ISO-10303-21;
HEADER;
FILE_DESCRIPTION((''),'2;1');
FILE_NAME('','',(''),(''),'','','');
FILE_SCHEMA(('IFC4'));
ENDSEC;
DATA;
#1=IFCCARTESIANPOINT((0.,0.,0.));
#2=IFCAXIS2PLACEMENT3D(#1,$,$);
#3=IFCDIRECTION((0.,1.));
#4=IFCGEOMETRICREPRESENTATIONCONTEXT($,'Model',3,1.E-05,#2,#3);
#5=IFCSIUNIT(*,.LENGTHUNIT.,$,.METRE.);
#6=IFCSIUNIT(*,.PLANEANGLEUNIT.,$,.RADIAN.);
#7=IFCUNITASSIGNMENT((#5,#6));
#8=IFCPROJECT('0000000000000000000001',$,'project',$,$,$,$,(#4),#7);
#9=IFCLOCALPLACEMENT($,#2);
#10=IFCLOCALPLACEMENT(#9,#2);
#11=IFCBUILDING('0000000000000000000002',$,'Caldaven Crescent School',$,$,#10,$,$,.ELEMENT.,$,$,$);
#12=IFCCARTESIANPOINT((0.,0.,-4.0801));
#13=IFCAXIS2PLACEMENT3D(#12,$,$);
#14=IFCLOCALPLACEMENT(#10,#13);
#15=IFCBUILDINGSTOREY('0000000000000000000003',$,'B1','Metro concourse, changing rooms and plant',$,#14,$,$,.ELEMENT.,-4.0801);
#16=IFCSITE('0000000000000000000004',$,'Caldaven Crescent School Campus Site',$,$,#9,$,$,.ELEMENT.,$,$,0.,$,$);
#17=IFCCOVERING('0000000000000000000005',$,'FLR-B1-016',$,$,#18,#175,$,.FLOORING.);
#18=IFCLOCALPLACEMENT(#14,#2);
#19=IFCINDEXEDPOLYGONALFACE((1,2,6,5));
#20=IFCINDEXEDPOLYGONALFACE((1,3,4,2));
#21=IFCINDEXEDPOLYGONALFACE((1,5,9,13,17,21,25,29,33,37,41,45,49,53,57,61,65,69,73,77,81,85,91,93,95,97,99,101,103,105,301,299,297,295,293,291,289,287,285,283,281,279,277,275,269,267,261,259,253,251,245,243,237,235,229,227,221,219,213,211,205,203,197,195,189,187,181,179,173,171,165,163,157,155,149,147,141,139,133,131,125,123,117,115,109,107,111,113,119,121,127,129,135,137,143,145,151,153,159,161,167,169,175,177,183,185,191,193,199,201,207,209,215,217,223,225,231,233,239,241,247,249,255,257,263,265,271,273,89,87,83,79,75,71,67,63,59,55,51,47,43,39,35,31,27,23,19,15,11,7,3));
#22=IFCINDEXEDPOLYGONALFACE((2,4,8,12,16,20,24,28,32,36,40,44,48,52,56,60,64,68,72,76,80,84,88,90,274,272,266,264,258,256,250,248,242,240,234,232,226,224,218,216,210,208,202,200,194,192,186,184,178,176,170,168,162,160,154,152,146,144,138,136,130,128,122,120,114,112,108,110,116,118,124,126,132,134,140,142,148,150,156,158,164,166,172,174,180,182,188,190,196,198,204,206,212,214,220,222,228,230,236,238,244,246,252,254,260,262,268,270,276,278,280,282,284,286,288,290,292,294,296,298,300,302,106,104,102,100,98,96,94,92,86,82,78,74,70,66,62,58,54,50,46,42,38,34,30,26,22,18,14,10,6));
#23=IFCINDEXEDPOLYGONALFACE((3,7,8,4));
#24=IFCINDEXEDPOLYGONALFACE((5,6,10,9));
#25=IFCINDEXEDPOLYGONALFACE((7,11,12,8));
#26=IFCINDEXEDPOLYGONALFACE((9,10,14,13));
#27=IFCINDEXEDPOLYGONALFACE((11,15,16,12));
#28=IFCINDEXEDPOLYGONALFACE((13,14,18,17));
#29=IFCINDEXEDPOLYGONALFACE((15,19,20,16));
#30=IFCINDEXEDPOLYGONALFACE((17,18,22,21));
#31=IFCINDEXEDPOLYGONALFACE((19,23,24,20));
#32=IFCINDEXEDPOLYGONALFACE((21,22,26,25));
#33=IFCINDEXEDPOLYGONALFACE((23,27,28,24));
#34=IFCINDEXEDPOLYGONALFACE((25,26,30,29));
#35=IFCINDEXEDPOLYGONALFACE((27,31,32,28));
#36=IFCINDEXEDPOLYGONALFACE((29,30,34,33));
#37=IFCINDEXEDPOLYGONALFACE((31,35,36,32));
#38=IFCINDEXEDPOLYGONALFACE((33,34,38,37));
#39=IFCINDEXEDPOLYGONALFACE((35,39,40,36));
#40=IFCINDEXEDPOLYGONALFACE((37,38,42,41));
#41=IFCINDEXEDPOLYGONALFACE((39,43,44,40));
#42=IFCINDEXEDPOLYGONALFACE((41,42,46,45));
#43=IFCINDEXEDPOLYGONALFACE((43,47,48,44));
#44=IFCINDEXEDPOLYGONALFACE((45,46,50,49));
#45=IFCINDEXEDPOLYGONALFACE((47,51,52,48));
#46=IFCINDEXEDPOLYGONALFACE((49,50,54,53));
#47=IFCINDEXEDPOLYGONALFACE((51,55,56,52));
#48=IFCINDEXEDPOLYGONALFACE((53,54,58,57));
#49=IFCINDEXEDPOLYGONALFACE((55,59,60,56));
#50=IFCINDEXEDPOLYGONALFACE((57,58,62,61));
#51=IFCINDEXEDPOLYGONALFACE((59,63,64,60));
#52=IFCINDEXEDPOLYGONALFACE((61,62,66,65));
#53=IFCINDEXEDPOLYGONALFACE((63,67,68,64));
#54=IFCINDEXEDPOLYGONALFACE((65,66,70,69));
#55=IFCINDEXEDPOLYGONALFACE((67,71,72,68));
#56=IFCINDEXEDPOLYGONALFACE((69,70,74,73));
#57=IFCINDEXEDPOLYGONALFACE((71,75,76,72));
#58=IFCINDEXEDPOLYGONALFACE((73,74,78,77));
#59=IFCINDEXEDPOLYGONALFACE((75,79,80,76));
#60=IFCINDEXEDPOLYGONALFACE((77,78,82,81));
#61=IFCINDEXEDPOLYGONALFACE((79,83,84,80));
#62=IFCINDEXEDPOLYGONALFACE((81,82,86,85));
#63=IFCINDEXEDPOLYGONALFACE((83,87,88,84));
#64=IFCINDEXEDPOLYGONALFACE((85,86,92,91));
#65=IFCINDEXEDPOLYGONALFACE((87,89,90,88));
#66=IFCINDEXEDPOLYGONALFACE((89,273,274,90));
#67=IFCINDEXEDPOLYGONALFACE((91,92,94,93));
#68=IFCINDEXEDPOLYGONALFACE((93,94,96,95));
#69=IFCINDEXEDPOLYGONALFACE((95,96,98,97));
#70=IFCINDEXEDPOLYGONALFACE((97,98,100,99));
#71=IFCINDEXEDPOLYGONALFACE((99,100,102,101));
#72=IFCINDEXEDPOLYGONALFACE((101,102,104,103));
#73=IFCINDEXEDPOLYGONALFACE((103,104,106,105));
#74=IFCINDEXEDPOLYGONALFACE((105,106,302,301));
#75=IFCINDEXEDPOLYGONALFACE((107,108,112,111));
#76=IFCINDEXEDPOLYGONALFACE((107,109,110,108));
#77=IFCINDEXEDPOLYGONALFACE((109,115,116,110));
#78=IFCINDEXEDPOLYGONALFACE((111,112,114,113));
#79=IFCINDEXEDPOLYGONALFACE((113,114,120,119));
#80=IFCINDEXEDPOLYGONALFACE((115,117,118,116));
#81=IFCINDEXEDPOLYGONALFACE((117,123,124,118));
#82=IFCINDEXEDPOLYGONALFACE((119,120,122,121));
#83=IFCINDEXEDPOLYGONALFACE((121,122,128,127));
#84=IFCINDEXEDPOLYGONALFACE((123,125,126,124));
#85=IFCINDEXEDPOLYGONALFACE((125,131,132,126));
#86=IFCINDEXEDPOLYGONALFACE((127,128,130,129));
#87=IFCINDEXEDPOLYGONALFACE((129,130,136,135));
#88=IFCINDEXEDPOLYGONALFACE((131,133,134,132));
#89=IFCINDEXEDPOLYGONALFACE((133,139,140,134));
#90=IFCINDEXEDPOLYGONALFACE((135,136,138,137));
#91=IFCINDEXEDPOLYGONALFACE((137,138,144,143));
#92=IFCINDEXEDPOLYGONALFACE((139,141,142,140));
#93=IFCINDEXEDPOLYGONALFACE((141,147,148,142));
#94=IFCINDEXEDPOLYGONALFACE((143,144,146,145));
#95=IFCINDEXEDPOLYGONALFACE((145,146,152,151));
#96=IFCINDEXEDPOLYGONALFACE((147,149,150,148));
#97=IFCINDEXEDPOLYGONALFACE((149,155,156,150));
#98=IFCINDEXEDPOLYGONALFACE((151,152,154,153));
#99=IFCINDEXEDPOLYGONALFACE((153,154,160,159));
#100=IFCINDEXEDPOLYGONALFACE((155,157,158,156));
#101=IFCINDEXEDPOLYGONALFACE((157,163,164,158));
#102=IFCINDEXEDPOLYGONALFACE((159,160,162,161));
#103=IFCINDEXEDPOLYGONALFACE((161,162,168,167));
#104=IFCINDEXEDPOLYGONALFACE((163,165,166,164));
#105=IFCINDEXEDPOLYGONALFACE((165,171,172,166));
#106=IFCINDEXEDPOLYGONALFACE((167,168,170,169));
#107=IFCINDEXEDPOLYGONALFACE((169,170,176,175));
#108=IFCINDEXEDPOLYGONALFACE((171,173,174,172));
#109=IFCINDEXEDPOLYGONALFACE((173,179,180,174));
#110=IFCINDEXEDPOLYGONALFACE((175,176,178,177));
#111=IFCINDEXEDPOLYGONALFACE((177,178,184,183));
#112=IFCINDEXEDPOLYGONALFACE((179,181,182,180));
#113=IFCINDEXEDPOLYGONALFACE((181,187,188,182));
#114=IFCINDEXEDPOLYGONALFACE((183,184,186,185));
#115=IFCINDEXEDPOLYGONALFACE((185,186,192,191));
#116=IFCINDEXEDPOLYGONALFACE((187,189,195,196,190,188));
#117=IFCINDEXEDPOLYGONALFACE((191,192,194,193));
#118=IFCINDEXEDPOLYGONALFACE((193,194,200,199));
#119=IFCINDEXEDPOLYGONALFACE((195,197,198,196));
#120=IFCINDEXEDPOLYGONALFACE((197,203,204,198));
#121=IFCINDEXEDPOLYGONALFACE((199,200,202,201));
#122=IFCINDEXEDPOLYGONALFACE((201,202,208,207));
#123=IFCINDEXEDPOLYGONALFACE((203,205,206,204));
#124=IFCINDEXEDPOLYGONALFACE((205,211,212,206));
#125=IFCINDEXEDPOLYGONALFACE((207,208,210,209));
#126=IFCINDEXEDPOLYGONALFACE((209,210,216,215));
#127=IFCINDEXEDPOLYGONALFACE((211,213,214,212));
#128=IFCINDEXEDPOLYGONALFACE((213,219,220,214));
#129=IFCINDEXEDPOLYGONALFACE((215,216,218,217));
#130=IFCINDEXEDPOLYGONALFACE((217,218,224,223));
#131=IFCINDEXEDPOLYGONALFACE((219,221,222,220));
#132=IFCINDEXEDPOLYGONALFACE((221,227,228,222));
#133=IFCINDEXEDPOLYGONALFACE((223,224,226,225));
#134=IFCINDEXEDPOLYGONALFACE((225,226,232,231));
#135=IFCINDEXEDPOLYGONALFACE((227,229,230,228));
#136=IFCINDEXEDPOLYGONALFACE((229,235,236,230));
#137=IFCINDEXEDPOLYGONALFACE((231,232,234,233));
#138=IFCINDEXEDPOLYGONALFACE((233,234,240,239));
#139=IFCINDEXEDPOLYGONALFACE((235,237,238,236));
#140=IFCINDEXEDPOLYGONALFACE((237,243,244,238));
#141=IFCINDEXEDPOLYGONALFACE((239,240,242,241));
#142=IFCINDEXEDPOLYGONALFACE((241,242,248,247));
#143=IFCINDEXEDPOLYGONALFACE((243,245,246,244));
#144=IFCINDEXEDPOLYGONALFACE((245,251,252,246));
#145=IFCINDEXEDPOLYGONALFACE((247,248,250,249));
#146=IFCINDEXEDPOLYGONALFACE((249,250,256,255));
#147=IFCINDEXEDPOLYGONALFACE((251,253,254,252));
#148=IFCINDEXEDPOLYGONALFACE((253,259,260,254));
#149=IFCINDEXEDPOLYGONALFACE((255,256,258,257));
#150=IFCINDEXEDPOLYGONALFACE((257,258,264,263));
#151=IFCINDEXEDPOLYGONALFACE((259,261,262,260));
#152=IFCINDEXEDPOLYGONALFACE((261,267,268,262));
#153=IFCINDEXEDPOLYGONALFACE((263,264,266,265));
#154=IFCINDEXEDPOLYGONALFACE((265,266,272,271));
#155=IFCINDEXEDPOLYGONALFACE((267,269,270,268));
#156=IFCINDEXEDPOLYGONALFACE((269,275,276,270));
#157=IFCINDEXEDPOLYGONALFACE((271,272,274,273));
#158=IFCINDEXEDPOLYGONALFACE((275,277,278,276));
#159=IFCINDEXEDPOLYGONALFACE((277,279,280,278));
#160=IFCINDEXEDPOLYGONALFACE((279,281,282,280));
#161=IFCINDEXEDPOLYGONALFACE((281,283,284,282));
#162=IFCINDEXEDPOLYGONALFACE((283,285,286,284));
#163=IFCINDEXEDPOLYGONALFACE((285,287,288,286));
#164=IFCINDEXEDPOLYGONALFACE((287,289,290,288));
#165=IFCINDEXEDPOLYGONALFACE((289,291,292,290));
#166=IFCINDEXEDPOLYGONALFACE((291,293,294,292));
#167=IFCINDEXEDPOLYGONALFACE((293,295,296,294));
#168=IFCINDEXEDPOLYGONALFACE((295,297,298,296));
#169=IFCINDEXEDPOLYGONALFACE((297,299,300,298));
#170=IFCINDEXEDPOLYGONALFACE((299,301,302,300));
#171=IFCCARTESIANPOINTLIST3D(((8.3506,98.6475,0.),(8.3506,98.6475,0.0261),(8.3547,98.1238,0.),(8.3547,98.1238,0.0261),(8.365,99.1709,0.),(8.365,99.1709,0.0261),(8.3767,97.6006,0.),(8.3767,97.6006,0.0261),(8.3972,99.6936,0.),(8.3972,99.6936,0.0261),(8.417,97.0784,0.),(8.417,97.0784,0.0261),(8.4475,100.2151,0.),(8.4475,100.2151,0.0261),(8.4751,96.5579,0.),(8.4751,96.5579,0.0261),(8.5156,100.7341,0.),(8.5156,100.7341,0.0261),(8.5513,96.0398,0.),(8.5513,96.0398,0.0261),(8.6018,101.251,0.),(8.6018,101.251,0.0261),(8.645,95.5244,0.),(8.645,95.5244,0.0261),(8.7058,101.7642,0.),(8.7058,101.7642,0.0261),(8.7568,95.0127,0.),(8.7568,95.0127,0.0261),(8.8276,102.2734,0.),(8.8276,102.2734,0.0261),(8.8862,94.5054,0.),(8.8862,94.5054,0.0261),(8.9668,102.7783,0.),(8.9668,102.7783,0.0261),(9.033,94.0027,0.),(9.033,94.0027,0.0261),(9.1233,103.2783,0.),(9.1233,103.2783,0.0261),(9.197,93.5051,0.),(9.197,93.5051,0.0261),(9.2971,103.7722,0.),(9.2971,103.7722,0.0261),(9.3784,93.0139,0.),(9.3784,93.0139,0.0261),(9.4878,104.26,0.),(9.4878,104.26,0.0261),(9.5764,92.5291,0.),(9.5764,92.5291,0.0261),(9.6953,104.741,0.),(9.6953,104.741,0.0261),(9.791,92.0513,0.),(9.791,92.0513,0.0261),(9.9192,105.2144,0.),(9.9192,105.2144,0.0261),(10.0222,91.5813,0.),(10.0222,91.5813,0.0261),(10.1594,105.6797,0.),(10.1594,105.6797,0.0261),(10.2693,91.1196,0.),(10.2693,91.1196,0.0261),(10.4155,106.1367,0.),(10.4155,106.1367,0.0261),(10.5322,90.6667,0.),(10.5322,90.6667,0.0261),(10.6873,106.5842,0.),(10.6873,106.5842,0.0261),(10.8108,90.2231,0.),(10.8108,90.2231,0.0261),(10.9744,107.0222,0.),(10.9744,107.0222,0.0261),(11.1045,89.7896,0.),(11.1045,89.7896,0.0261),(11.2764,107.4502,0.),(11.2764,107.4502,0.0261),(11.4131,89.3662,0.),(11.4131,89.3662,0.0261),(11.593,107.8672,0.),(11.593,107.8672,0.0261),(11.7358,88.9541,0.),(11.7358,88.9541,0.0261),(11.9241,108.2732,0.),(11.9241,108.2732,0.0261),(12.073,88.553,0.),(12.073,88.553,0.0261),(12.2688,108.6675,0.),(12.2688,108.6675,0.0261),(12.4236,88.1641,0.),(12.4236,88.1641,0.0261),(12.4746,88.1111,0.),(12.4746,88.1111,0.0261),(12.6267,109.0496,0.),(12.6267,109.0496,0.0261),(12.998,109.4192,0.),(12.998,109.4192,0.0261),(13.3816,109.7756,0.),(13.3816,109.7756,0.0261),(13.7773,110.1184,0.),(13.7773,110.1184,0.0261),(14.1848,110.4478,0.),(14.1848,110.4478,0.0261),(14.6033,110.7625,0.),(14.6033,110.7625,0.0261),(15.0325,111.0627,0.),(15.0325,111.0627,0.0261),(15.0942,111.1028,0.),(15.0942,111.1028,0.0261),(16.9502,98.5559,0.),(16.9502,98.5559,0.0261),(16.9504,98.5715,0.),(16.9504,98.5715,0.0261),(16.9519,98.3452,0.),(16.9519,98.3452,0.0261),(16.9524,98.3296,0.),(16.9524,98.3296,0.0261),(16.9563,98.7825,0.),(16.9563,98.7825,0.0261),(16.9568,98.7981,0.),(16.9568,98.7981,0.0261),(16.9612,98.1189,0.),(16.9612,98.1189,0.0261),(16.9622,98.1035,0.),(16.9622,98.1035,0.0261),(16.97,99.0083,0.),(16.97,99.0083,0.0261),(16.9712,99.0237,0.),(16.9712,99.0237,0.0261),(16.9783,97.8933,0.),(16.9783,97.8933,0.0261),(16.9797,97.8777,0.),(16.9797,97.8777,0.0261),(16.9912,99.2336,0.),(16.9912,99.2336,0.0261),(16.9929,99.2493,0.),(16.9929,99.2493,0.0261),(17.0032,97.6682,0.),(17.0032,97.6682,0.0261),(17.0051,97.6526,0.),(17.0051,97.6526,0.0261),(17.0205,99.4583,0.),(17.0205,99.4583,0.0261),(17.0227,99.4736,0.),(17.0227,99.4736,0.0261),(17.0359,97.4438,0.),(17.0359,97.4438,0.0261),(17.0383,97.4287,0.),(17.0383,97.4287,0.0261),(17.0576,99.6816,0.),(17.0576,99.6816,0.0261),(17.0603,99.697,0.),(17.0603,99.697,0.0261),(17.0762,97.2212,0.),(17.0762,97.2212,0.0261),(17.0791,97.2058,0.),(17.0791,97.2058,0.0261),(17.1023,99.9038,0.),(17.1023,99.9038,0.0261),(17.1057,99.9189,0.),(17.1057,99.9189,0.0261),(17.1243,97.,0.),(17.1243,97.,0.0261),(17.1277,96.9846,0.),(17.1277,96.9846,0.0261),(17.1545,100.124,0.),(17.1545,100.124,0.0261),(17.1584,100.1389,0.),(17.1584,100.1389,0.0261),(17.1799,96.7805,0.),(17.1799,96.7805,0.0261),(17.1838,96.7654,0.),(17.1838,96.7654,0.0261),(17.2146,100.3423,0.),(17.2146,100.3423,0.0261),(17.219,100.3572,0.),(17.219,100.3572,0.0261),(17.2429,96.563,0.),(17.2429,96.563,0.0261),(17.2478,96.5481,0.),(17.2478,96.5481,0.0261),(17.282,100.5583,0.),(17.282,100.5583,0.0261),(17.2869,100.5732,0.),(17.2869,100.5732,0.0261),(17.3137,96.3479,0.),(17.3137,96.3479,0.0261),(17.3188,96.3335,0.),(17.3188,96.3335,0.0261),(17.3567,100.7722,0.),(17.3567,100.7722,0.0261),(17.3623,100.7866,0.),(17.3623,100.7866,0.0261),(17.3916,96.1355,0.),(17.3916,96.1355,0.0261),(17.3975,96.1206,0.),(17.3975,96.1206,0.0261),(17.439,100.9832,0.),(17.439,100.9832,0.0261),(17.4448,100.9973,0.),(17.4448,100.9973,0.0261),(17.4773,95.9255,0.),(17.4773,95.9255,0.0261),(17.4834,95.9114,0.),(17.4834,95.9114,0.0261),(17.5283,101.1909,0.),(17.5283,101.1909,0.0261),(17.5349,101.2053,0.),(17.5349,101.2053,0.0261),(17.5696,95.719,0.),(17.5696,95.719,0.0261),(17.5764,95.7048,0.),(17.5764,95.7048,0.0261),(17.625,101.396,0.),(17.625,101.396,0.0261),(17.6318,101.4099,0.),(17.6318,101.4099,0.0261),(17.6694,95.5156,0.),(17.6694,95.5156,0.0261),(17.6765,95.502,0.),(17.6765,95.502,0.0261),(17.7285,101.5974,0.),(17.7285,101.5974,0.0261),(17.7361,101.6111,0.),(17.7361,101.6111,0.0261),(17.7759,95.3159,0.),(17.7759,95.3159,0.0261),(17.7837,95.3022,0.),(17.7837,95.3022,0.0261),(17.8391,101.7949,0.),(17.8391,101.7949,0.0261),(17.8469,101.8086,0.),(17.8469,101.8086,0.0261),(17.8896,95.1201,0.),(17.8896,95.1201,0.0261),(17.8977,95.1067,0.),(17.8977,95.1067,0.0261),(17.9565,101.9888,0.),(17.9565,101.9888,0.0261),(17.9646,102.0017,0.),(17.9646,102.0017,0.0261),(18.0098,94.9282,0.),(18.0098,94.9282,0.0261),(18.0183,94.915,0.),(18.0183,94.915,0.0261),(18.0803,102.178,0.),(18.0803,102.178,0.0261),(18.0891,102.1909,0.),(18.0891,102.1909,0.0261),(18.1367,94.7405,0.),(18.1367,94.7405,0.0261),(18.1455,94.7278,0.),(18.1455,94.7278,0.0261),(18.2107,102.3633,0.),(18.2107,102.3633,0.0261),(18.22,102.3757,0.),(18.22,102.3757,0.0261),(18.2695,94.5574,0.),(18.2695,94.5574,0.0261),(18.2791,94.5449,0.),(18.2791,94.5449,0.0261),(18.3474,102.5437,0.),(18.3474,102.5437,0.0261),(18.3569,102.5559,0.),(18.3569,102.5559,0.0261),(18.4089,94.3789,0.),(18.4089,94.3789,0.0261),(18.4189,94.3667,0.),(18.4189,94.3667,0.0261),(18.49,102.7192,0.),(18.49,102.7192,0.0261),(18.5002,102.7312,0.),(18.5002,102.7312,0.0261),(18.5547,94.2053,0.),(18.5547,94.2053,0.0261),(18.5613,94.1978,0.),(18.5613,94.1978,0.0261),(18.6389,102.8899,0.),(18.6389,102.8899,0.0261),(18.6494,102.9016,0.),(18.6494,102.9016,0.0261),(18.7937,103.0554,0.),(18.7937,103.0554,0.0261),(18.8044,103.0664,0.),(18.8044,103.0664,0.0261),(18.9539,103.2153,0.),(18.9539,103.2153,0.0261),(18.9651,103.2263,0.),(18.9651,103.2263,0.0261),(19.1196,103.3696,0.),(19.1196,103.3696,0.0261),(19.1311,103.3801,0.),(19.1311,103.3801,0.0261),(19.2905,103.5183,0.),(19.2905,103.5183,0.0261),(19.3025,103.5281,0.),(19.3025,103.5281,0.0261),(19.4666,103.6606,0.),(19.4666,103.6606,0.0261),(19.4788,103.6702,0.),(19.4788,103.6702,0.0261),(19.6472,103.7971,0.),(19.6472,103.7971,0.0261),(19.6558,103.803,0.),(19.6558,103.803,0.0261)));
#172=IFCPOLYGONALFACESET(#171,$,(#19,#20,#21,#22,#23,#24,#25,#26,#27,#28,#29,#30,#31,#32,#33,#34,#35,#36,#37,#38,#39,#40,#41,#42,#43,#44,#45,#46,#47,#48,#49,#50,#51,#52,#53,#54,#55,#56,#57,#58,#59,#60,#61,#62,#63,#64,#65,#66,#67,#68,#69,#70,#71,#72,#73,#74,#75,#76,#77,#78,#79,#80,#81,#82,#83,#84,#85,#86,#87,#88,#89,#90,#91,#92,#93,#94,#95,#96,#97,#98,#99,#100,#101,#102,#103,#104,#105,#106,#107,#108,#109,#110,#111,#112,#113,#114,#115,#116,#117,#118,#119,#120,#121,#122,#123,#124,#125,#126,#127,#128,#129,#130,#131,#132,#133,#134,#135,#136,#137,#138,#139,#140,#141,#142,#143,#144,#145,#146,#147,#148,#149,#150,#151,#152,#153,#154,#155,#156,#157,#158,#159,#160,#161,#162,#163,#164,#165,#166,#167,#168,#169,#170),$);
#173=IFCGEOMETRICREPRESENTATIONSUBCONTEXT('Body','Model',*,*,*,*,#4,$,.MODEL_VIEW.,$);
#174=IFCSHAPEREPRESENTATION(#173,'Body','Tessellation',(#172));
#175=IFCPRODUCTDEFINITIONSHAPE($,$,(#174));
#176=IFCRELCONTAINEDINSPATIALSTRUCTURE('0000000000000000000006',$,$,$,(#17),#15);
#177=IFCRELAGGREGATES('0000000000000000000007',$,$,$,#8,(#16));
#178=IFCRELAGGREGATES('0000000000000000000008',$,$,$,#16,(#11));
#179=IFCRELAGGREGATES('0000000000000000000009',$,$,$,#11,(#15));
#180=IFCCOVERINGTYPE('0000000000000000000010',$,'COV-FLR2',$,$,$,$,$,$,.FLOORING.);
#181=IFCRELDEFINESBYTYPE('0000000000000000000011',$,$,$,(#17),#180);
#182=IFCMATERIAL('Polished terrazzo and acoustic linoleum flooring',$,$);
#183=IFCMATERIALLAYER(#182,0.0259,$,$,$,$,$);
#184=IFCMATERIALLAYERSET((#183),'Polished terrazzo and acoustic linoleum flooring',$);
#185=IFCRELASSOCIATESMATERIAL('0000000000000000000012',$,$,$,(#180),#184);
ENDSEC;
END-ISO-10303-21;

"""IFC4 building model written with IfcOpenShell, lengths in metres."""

from ifc_helpers import new_model, si_unit, direction, frame, origin, place, context, subcontext, project, spatial, polyline, outline, extrude, material, layer, layer_set, type_object, element, save


model = new_model("IFC4")

# Units and contexts
model_context = context("Model", 3, precision=1e-05, world=origin(), true_north=direction((0.0, 1.0)))
body_context = subcontext(model_context, "Body", "Model", "MODEL_VIEW")
ifc_project = project(units=[si_unit("LENGTHUNIT", "METRE"), si_unit("PLANEANGLEUNIT", "RADIAN")], contexts=[model_context])

# Site, building, storey
site_placement = place(None, origin())
site = spatial("IfcSite", under=ifc_project, at=site_placement, Name="Caldaven Crescent School Campus Site", CompositionType="ELEMENT", RefElevation=0.0)
building_placement = place(site_placement, origin())
building = spatial("IfcBuilding", under=site, at=building_placement, Name="Caldaven Crescent School", CompositionType="ELEMENT")
storey_placement = place(building_placement, frame((0.0, 0.0, -4.0801)))
storey = spatial("IfcBuildingStorey", under=building, at=storey_placement, Name="B1", Description="Metro concourse, changing rooms and plant", CompositionType="ELEMENT", Elevation=-4.0801)

# Covering
ifc_material_1 = material(Name="Polished terrazzo and acoustic linoleum flooring")
ifc_layer_1 = layer(ifc_material_1, 0.0259)
ifc_layer_set_1 = layer_set([ifc_layer_1], Name="Polished terrazzo and acoustic linoleum flooring")
covering_type_1 = type_object("IfcCoveringType", Name="COV-FLR2", PredefinedType="FLOORING", material=ifc_layer_set_1)
covering_1_placement = place(storey_placement, origin())
element("IfcCovering", 1, at=covering_1_placement, inside=storey, type_object=covering_type_1, Name="FLR-B1-016", PredefinedType="FLOORING", context=body_context, shape_type="SweptSolid", body=[
    extrude(outline(polyline([(18.5613, 94.1978), (12.4746, 88.1111), (12.4236, 88.1641), (12.073, 88.553), (11.7358, 88.9541), (11.4131, 89.3662), (11.1045, 89.7896), (10.8108, 90.2231), (10.5322, 90.6667), (10.2693, 91.1196), (10.0222, 91.5813), (9.791, 92.0513), (9.5764, 92.5291), (9.3784, 93.0139), (9.197, 93.5051), (9.033, 94.0027), (8.8862, 94.5054), (8.7568, 95.0127), (8.645, 95.5244), (8.5513, 96.0398), (8.4751, 96.5579), (8.417, 97.0784), (8.3767, 97.6006), (8.3547, 98.1238), (8.3506, 98.6475), (8.365, 99.1709), (8.3972, 99.6936), (8.4475, 100.2151), (8.5156, 100.7341), (8.6018, 101.251), (8.7058, 101.7642), (8.8276, 102.2734), (8.9668, 102.7783), (9.1233, 103.2783), (9.2971, 103.7722), (9.4878, 104.26), (9.6953, 104.741), (9.9192, 105.2144), (10.1594, 105.6797), (10.4155, 106.1367), (10.6873, 106.5842), (10.9744, 107.0222), (11.2764, 107.4502), (11.593, 107.8672), (11.9241, 108.2732), (12.2688, 108.6675), (12.6267, 109.0496), (12.998, 109.4192), (13.3816, 109.7756), (13.7773, 110.1184), (14.1848, 110.4478), (14.6033, 110.7625), (15.0325, 111.0627), (15.0942, 111.1028), (19.6558, 103.803), (19.6472, 103.7971), (19.4788, 103.6702), (19.4666, 103.6606), (19.3025, 103.5281), (19.2905, 103.5183), (19.1311, 103.3801), (19.1196, 103.3696), (18.9651, 103.2263), (18.9539, 103.2153), (18.8044, 103.0664), (18.7937, 103.0554), (18.6494, 102.9016), (18.6389, 102.8899), (18.5002, 102.7312), (18.49, 102.7192), (18.3569, 102.5559), (18.3474, 102.5437), (18.22, 102.3757), (18.2107, 102.3633), (18.0891, 102.1909), (18.0803, 102.178), (17.9646, 102.0017), (17.9565, 101.9888), (17.8469, 101.8086), (17.8391, 101.7949), (17.7361, 101.6111), (17.7285, 101.5974), (17.6318, 101.4099), (17.625, 101.396), (17.5349, 101.2053), (17.5283, 101.1909), (17.4448, 100.9973), (17.439, 100.9832), (17.3623, 100.7866), (17.3567, 100.7722), (17.2869, 100.5732), (17.282, 100.5583), (17.219, 100.3572), (17.2146, 100.3423), (17.1584, 100.1389), (17.1545, 100.124), (17.1057, 99.9189), (17.1023, 99.9038), (17.0603, 99.697), (17.0576, 99.6816), (17.0227, 99.4736), (17.0205, 99.4583), (16.9929, 99.2493), (16.9912, 99.2336), (16.9712, 99.0237), (16.97, 99.0083), (16.9568, 98.7981), (16.9563, 98.7825), (16.9504, 98.5715), (16.9502, 98.5559), (16.9519, 98.3452), (16.9524, 98.3296), (16.9612, 98.1189), (16.9622, 98.1035), (16.9783, 97.8933), (16.9797, 97.8777), (17.0032, 97.6682), (17.0051, 97.6526), (17.0359, 97.4438), (17.0383, 97.4287), (17.0762, 97.2212), (17.0791, 97.2058), (17.1243, 97.0), (17.1277, 96.9846), (17.1799, 96.7805), (17.1838, 96.7654), (17.2429, 96.563), (17.2478, 96.5481), (17.3137, 96.3479), (17.3188, 96.3335), (17.3916, 96.1355), (17.3975, 96.1206), (17.4773, 95.9255), (17.4834, 95.9114), (17.5696, 95.719), (17.5764, 95.7048), (17.6694, 95.5156), (17.6765, 95.502), (17.7759, 95.3159), (17.7837, 95.3022), (17.8896, 95.1201), (17.8977, 95.1067), (18.0098, 94.9282), (18.0183, 94.915), (18.1367, 94.7405), (18.1455, 94.7278), (18.2695, 94.5574), (18.2791, 94.5449), (18.4089, 94.3789), (18.4189, 94.3667), (18.5547, 94.2053), (18.5613, 94.1978)])), origin(), (0.0, 0.0, 1.0), 0.0261),
])

save(model, "model.ifc")
